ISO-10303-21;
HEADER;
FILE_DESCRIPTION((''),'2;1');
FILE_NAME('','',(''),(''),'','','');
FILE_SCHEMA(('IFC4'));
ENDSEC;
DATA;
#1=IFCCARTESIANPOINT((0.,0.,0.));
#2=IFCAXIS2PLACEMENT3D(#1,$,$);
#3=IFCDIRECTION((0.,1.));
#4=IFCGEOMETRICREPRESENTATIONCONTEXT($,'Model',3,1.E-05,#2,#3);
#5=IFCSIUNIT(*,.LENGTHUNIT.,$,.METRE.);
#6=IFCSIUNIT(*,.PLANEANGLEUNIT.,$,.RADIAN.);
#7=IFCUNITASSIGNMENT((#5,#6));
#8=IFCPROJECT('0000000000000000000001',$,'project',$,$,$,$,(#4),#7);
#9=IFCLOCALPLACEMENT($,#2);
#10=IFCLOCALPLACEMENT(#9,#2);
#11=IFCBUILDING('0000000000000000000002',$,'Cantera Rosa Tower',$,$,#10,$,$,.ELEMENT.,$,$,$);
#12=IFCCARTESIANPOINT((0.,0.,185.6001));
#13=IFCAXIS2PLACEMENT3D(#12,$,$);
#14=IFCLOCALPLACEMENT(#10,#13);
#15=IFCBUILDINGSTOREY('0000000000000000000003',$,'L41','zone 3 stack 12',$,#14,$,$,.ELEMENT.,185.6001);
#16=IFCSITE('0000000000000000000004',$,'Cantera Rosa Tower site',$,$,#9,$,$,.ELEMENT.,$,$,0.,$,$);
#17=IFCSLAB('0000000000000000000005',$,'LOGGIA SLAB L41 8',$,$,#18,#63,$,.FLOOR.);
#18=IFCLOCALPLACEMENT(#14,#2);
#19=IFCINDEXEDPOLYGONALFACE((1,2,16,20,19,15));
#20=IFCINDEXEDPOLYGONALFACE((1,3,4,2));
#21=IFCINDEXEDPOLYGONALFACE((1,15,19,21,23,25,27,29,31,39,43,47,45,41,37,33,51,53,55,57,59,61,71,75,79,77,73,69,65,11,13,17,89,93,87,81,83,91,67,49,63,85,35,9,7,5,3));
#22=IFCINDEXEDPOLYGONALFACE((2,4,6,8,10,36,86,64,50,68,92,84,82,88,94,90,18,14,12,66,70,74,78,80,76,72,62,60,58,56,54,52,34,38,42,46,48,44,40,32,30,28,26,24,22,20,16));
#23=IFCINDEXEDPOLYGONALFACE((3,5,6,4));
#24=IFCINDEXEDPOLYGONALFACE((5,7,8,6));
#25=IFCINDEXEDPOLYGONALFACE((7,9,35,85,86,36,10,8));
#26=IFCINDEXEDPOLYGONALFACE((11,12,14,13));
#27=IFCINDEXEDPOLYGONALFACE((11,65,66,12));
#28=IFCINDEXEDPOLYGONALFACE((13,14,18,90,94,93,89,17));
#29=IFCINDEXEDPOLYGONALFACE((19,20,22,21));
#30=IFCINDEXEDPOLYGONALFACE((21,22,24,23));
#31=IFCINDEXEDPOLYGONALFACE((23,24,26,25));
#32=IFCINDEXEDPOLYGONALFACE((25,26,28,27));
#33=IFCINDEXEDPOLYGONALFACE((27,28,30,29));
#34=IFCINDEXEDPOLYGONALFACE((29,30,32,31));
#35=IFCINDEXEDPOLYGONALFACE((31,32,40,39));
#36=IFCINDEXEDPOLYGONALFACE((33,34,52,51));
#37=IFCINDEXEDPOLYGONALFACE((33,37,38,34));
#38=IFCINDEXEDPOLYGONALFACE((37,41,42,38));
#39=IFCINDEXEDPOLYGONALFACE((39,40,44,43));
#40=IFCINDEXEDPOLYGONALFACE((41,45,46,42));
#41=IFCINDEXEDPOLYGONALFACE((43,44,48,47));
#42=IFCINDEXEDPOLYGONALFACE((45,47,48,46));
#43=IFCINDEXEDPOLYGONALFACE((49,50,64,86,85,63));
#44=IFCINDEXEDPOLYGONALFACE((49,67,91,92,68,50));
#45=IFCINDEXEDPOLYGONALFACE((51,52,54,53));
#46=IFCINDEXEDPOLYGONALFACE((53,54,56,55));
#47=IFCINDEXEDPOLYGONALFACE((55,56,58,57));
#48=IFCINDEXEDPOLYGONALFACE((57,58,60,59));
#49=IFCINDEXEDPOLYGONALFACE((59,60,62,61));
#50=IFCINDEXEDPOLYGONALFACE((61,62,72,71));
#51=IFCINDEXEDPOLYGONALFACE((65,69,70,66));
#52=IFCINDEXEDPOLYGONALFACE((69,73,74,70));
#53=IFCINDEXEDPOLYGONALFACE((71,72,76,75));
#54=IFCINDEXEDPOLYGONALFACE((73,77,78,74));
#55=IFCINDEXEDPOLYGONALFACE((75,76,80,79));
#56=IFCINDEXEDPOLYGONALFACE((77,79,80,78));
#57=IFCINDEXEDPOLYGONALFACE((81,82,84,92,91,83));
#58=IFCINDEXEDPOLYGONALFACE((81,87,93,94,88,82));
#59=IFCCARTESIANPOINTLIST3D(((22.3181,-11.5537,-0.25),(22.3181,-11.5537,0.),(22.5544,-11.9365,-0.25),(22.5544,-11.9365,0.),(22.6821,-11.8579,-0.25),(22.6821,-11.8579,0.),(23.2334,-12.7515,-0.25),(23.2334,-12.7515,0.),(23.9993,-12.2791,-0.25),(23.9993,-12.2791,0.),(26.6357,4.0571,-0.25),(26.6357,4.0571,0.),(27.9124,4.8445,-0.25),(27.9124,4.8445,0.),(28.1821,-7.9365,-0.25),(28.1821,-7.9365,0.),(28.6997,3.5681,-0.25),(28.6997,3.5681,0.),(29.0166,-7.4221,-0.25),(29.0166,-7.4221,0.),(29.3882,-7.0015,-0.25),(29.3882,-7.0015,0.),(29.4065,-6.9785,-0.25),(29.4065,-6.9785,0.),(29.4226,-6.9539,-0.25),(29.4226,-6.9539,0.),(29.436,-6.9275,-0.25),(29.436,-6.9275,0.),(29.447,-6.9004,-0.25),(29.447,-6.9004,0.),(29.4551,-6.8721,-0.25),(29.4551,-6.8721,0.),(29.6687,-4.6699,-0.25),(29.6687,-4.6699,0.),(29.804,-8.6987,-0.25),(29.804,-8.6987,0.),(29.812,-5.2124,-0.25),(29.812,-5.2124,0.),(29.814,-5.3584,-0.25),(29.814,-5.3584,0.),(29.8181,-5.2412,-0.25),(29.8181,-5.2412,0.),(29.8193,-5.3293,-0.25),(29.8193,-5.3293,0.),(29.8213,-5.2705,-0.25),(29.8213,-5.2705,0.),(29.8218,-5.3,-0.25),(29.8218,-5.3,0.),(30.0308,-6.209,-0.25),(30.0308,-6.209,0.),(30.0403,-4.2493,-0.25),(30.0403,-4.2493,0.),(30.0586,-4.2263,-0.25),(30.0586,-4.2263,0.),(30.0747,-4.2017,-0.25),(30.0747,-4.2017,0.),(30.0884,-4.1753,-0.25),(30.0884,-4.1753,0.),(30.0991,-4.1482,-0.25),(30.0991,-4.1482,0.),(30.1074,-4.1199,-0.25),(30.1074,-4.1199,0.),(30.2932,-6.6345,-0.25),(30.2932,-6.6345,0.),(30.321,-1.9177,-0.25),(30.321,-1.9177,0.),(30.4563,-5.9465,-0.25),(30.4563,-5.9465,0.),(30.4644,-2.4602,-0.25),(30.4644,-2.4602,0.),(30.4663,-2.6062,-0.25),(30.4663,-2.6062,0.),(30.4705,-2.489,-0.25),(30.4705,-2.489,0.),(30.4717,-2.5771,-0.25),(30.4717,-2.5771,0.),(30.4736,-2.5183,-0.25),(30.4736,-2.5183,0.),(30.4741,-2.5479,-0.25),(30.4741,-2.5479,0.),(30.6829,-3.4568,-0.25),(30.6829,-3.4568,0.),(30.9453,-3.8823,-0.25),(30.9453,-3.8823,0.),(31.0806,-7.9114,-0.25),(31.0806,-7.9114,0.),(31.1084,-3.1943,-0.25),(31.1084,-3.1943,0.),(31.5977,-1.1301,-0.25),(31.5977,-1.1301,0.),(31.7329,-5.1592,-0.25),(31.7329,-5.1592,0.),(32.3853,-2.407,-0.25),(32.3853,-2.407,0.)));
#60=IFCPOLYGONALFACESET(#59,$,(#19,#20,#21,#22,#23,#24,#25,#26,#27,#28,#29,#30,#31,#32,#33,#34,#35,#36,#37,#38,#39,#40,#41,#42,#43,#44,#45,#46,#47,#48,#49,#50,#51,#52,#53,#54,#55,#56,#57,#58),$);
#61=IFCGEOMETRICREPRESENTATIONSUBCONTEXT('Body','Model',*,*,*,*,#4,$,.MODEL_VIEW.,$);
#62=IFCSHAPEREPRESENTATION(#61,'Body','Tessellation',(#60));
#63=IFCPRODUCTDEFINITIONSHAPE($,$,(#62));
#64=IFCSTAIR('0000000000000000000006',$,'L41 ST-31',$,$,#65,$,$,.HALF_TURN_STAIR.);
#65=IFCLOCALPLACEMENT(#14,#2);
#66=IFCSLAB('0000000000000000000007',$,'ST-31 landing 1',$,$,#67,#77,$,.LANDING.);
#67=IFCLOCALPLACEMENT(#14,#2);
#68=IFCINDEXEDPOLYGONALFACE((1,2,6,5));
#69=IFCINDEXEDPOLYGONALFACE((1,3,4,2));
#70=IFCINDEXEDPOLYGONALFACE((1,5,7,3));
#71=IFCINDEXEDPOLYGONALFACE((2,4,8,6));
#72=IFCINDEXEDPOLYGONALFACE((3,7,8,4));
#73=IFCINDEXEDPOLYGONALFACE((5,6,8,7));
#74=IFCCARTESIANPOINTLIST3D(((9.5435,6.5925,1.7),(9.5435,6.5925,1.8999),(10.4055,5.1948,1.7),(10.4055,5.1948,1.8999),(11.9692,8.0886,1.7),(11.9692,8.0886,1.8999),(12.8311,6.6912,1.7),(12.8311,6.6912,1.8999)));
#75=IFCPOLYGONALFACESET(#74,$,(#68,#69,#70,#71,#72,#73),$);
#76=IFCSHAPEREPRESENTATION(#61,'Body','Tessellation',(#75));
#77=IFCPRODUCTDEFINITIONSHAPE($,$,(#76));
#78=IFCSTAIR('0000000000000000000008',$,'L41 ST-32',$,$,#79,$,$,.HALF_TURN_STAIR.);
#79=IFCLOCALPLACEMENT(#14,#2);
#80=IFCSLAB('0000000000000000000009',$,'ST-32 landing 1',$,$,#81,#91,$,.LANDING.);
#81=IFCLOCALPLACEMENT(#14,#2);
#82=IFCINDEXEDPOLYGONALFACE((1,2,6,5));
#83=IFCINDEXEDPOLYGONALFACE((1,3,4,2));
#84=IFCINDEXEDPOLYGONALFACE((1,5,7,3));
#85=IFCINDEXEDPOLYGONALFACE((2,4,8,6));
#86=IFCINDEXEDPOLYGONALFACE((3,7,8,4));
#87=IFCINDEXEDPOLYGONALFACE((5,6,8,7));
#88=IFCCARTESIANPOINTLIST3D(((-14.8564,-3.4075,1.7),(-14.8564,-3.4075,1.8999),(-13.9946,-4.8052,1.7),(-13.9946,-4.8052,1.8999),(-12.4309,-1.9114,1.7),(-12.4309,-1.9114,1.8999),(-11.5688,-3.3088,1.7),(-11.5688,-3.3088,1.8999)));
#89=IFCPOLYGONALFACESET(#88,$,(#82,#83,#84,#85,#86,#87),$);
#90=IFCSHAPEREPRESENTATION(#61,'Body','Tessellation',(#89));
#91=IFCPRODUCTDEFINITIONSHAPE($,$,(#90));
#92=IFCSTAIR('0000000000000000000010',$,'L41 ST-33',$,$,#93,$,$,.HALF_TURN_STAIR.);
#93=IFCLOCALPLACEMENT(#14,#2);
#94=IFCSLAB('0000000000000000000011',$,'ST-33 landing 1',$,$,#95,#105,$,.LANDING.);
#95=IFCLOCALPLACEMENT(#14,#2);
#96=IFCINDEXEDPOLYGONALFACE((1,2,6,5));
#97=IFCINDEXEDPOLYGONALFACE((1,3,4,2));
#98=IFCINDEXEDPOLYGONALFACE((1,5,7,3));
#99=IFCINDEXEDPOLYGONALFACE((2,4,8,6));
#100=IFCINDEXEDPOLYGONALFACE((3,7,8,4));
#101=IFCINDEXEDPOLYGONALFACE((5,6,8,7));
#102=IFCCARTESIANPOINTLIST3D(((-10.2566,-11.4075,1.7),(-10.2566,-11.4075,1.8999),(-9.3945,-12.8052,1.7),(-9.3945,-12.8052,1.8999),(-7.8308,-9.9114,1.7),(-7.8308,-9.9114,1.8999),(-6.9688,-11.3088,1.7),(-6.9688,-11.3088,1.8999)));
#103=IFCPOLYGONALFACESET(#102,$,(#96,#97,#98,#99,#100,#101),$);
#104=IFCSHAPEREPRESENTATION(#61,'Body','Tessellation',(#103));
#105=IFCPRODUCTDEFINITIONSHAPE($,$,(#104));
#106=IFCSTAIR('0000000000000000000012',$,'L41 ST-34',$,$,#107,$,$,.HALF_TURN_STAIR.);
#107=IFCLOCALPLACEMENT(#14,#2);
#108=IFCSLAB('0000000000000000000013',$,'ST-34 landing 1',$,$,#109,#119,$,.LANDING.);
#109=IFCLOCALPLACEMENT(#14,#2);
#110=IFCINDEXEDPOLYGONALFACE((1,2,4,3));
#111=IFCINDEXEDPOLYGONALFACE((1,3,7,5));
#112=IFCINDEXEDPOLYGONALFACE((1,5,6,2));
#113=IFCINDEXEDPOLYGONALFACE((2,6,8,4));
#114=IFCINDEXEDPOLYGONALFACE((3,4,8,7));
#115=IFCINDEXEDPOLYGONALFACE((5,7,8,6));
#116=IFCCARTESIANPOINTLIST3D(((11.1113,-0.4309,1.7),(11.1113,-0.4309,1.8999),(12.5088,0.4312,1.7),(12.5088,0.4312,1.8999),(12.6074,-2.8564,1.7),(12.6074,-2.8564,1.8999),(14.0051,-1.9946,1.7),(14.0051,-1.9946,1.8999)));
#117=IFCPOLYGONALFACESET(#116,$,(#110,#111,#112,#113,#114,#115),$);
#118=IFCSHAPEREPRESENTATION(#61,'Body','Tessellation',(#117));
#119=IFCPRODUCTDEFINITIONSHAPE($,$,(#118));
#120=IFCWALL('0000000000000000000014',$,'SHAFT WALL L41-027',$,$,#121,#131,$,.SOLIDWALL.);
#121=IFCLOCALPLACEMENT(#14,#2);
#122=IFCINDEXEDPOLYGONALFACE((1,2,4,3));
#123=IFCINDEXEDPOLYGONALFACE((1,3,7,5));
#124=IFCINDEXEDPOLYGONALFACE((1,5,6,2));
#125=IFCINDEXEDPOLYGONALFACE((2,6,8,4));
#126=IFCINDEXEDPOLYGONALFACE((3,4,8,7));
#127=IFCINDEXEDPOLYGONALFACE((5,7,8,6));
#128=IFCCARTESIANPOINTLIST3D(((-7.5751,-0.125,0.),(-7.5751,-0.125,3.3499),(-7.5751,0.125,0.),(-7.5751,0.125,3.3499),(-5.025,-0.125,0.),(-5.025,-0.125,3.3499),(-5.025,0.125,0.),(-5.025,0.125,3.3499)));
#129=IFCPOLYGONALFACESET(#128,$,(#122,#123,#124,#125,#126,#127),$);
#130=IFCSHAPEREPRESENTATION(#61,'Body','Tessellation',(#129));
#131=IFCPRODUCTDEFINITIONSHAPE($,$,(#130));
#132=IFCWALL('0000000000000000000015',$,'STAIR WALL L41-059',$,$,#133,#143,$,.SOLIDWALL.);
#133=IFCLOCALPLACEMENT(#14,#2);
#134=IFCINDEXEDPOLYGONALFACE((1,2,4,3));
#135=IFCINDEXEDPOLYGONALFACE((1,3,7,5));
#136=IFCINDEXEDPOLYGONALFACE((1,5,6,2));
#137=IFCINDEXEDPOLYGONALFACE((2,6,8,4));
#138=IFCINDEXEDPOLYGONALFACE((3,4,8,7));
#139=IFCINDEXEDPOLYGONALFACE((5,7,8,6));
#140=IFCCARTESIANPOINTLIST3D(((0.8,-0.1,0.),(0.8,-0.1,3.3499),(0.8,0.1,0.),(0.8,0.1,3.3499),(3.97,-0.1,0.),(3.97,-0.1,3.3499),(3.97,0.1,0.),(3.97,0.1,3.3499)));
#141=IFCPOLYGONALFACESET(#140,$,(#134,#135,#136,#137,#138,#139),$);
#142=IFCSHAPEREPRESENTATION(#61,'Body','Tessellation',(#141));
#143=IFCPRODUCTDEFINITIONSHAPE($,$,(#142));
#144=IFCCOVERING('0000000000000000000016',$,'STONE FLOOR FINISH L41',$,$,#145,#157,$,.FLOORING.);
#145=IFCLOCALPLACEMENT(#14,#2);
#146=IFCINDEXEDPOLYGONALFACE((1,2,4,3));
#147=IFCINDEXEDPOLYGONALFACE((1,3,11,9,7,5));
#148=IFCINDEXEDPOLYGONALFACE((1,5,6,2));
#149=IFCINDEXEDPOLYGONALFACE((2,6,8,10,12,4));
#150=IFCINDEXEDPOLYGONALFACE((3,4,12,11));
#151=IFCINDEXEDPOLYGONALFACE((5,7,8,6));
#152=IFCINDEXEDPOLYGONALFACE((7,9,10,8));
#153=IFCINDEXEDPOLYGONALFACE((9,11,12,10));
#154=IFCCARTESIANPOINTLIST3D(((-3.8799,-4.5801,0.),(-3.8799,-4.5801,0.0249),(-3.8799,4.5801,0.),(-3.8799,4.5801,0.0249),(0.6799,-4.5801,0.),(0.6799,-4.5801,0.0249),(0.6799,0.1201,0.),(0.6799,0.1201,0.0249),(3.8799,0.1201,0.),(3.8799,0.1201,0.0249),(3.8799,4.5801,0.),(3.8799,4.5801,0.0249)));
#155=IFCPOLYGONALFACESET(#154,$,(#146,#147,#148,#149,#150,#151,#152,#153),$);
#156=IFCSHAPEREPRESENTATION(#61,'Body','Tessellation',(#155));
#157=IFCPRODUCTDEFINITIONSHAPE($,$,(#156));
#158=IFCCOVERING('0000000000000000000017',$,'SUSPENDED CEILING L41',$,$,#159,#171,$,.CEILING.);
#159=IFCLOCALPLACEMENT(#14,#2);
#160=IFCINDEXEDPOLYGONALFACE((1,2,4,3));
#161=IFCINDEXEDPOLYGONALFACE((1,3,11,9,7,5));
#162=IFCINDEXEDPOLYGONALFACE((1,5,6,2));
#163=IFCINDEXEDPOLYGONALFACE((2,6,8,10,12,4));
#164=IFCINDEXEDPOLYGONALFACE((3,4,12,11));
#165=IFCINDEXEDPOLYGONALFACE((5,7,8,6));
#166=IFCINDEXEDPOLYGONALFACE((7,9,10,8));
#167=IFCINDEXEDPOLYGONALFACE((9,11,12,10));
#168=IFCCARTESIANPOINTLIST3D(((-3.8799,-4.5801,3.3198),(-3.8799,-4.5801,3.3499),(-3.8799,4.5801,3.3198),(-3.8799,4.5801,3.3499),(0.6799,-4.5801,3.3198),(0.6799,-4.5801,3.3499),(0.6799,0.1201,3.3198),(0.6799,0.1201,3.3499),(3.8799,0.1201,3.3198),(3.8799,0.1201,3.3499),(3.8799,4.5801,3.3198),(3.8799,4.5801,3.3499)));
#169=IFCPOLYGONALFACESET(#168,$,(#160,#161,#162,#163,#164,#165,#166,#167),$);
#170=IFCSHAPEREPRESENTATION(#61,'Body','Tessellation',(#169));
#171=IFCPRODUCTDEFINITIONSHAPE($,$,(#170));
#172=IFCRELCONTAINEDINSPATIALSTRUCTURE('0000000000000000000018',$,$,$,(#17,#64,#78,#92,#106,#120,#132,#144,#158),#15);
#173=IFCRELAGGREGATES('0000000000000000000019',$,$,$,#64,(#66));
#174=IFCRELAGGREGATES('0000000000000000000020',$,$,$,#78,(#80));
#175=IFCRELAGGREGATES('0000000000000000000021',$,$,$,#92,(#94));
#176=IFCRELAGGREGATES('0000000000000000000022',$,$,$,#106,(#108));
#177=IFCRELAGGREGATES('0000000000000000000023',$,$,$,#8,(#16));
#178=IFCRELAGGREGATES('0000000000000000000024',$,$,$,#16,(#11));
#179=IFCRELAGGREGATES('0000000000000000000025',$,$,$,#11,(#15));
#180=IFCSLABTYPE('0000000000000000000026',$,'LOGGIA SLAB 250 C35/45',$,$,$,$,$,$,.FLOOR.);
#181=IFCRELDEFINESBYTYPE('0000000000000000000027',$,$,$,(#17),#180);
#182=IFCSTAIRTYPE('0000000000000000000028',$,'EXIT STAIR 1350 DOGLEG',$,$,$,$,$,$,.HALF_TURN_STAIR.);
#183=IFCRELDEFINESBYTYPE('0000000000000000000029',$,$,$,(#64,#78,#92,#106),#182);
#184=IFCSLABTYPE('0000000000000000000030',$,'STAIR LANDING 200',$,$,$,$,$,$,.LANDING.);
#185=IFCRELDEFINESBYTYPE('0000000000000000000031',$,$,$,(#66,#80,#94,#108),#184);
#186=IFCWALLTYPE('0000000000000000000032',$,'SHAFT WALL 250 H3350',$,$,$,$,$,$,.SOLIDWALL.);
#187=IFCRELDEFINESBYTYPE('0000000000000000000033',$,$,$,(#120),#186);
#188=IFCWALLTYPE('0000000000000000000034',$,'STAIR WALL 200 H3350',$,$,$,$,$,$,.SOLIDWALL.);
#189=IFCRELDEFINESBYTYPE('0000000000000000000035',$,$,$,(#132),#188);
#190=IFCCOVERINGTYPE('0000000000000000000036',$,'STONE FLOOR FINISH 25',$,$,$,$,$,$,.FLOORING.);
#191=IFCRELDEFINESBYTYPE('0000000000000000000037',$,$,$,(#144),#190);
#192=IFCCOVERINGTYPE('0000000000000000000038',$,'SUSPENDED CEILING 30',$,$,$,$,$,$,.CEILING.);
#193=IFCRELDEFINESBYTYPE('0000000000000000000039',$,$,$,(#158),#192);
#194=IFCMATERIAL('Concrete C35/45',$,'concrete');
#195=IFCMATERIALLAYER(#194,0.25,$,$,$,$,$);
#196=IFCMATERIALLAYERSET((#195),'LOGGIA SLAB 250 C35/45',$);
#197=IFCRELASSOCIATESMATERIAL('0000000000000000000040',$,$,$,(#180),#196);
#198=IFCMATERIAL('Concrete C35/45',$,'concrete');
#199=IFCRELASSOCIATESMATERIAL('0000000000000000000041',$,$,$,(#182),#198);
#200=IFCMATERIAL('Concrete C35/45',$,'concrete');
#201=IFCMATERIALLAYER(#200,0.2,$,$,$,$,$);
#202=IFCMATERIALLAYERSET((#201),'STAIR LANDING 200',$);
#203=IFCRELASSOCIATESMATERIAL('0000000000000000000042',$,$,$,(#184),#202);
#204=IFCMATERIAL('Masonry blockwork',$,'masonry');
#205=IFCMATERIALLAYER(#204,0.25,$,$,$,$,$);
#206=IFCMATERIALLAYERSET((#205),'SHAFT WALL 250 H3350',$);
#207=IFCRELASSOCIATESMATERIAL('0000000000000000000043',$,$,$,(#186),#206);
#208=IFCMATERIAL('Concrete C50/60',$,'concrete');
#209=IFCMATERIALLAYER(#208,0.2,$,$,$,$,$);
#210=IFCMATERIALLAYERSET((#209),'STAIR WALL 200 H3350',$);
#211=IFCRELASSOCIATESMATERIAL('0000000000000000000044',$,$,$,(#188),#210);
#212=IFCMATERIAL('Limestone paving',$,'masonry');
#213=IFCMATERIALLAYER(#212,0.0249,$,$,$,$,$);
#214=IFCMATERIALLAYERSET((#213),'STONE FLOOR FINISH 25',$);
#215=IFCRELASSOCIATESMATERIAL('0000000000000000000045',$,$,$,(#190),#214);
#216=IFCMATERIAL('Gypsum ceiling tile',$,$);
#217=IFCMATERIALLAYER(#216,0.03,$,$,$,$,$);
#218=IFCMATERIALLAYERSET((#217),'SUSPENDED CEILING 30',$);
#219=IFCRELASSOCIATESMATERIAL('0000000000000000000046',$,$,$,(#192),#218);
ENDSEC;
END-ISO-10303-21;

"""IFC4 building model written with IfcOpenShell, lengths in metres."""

from ifc_helpers import new_model, si_unit, direction, frame, frame_2d, origin, place, context, subcontext, project, spatial, polyline, rectangle, outline, extrude, material, layer, layer_set, type_object, element, aggregate, save


model = new_model("IFC4")

# Units and contexts
model_context = context("Model", 3, precision=1e-05, world=origin(), true_north=direction((0.0, 1.0)))
body_context = subcontext(model_context, "Body", "Model", "MODEL_VIEW")
ifc_project = project(units=[si_unit("LENGTHUNIT", "METRE"), si_unit("PLANEANGLEUNIT", "RADIAN")], contexts=[model_context])

# Site, building, storey
site_placement = place(None, origin())
site = spatial("IfcSite", under=ifc_project, at=site_placement, Name="Cantera Rosa Tower site", CompositionType="ELEMENT", RefElevation=0.0)
building_placement = place(site_placement, origin())
building = spatial("IfcBuilding", under=site, at=building_placement, Name="Cantera Rosa Tower", CompositionType="ELEMENT")
storey_placement = place(building_placement, frame((0.0, 0.0, 185.6001)))
storey = spatial("IfcBuildingStorey", under=building, at=storey_placement, Name="L41", Description="zone 3 stack 12", CompositionType="ELEMENT", Elevation=185.6001)

# Slab
ifc_material_1 = material(Name="Concrete C35/45", Category="concrete")
ifc_layer_1 = layer(ifc_material_1, 0.25)
ifc_layer_set_1 = layer_set([ifc_layer_1], Name="LOGGIA SLAB 250 C35/45")
slab_type_1 = type_object("IfcSlabType", Name="LOGGIA SLAB 250 C35/45", PredefinedType="FLOOR", material=ifc_layer_set_1)
slab_1_placement = place(storey_placement, frame((0.0, 0.0, -0.25)))
element("IfcSlab", 1, at=slab_1_placement, inside=storey, type_object=slab_type_1, Name="LOGGIA SLAB L41 8", PredefinedType="FLOOR", context=body_context, shape_type="SweptSolid", body=[
    extrude(outline(polyline([(31.5977, -1.1301), (32.3853, -2.407), (31.1084, -3.1943), (30.6829, -3.4568), (30.9453, -3.8823), (31.7329, -5.1592), (30.4563, -5.9465), (30.0308, -6.209), (30.2932, -6.6345), (31.0806, -7.9114), (29.804, -8.6987), (23.9993, -12.2791), (23.2334, -12.7515), (22.6821, -11.8579), (22.5544, -11.9365), (22.3181, -11.5537), (28.1821, -7.9365), (29.0166, -7.4221), (29.3882, -7.0015), (29.4065, -6.9785), (29.4226, -6.9539), (29.436, -6.9275), (29.447, -6.9004), (29.4551, -6.8721), (29.814, -5.3584), (29.8193, -5.3293), (29.8218, -5.3), (29.8213, -5.2705), (29.8181, -5.2412), (29.812, -5.2124), (29.6687, -4.6699), (30.0403, -4.2493), (30.0586, -4.2263), (30.0747, -4.2017), (30.0884, -4.1753), (30.0991, -4.1482), (30.1074, -4.1199), (30.4663, -2.6062), (30.4717, -2.5771), (30.4741, -2.5479), (30.4736, -2.5183), (30.4705, -2.489), (30.4644, -2.4602), (30.321, -1.9177), (26.6357, 4.0571), (27.9124, 4.8445), (28.6997, 3.5681), (31.5977, -1.1301)])), origin(), (0.0, 0.0, 1.0), 0.25),
])

# Stairs, slabs
ifc_material_2 = material(Name="Concrete C35/45", Category="concrete")
stair_type = type_object("IfcStairType", Name="EXIT STAIR 1350 DOGLEG", PredefinedType="HALF_TURN_STAIR", material=ifc_material_2)
stair_1_placement = place(storey_placement, origin())
stair_1 = element("IfcStair", 2, at=stair_1_placement, inside=storey, type_object=stair_type, Name="L41 ST-31", PredefinedType="HALF_TURN_STAIR")
ifc_material_3 = material(Name="Concrete C35/45", Category="concrete")
ifc_layer_2 = layer(ifc_material_3, 0.2)
ifc_layer_set_2 = layer_set([ifc_layer_2], Name="STAIR LANDING 200")
slab_type_2 = type_object("IfcSlabType", Name="STAIR LANDING 200", PredefinedType="LANDING", material=ifc_layer_set_2)
slab_2_placement = place(storey_placement, frame((0.0, 0.0, 1.7)))
slab_2 = element("IfcSlab", 3, at=slab_2_placement, type_object=slab_type_2, Name="ST-31 landing 1", PredefinedType="LANDING", context=body_context, shape_type="SweptSolid", body=[
    extrude(outline(polyline([(12.8311, 6.6912), (11.9692, 8.0886), (9.5435, 6.5925), (10.4055, 5.1948), (12.8311, 6.6912)])), origin(), (0.0, 0.0, 1.0), 0.2),
])
aggregate(stair_1, [slab_2])
stair_2_placement = place(storey_placement, origin())
stair_2 = element("IfcStair", 4, at=stair_2_placement, inside=storey, type_object=stair_type, Name="L41 ST-32", PredefinedType="HALF_TURN_STAIR")
slab_3_placement = place(storey_placement, frame((0.0, 0.0, 1.7)))
slab_3 = element("IfcSlab", 5, at=slab_3_placement, type_object=slab_type_2, Name="ST-32 landing 1", PredefinedType="LANDING", context=body_context, shape_type="SweptSolid", body=[
    extrude(outline(polyline([(-11.5688, -3.3088), (-12.4309, -1.9114), (-14.8564, -3.4075), (-13.9946, -4.8052), (-11.5688, -3.3088)])), origin(), (0.0, 0.0, 1.0), 0.2),
])
aggregate(stair_2, [slab_3])
stair_3_placement = place(storey_placement, origin())
stair_3 = element("IfcStair", 6, at=stair_3_placement, inside=storey, type_object=stair_type, Name="L41 ST-33", PredefinedType="HALF_TURN_STAIR")
slab_4_placement = place(storey_placement, frame((0.0, 0.0, 1.7)))
slab_4 = element("IfcSlab", 7, at=slab_4_placement, type_object=slab_type_2, Name="ST-33 landing 1", PredefinedType="LANDING", context=body_context, shape_type="SweptSolid", body=[
    extrude(outline(polyline([(-6.9688, -11.3088), (-7.8308, -9.9114), (-10.2566, -11.4075), (-9.3945, -12.8052), (-6.9688, -11.3088)])), origin(), (0.0, 0.0, 1.0), 0.2),
])
aggregate(stair_3, [slab_4])
stair_4_placement = place(storey_placement, origin())
stair_4 = element("IfcStair", 8, at=stair_4_placement, inside=storey, type_object=stair_type, Name="L41 ST-34", PredefinedType="HALF_TURN_STAIR")
slab_5_placement = place(storey_placement, frame((0.0, 0.0, 1.7)))
slab_5 = element("IfcSlab", 9, at=slab_5_placement, type_object=slab_type_2, Name="ST-34 landing 1", PredefinedType="LANDING", context=body_context, shape_type="SweptSolid", body=[
    extrude(outline(polyline([(12.5088, 0.4312), (11.1113, -0.4309), (12.6074, -2.8564), (14.0051, -1.9946), (12.5088, 0.4312)])), origin(), (0.0, 0.0, 1.0), 0.2),
])
aggregate(stair_4, [slab_5])

# Walls
ifc_material_4 = material(Name="Masonry blockwork", Category="masonry")
ifc_layer_3 = layer(ifc_material_4, 0.25)
ifc_layer_set_3 = layer_set([ifc_layer_3], Name="SHAFT WALL 250 H3350")
wall_type_1 = type_object("IfcWallType", Name="SHAFT WALL 250 H3350", PredefinedType="SOLIDWALL", material=ifc_layer_set_3)
wall_1_placement = place(storey_placement, frame((-7.575, 0.0, 0.0), z_axis=(0.0, 0.0, 1.0), x_axis=(1.0, 0.0, 0.0)))
element("IfcWall", 10, at=wall_1_placement, inside=storey, type_object=wall_type_1, Name="SHAFT WALL L41-027", PredefinedType="SOLIDWALL", context=body_context, shape_type="SweptSolid", body=[
    extrude(rectangle(XDim=2.55, YDim=0.25, at=frame_2d((1.2749, 0.0))), origin(), (0.0, 0.0, 1.0), 3.3499),
])
ifc_material_5 = material(Name="Concrete C50/60", Category="concrete")
ifc_layer_4 = layer(ifc_material_5, 0.2)
ifc_layer_set_4 = layer_set([ifc_layer_4], Name="STAIR WALL 200 H3350")
wall_type_2 = type_object("IfcWallType", Name="STAIR WALL 200 H3350", PredefinedType="SOLIDWALL", material=ifc_layer_set_4)
wall_2_placement = place(storey_placement, frame((0.8, 0.0, 0.0), z_axis=(0.0, 0.0, 1.0), x_axis=(1.0, 0.0, 0.0)))
element("IfcWall", 11, at=wall_2_placement, inside=storey, type_object=wall_type_2, Name="STAIR WALL L41-059", PredefinedType="SOLIDWALL", context=body_context, shape_type="SweptSolid", body=[
    extrude(rectangle(XDim=3.1699, YDim=0.2, at=frame_2d((1.585, 0.0))), origin(), (0.0, 0.0, 1.0), 3.3499),
])

# Coverings
ifc_material_6 = material(Name="Limestone paving", Category="masonry")
ifc_layer_5 = layer(ifc_material_6, 0.0249)
ifc_layer_set_5 = layer_set([ifc_layer_5], Name="STONE FLOOR FINISH 25")
covering_type_1 = type_object("IfcCoveringType", Name="STONE FLOOR FINISH 25", PredefinedType="FLOORING", material=ifc_layer_set_5)
covering_1_placement = place(storey_placement, origin())
element("IfcCovering", 12, at=covering_1_placement, inside=storey, type_object=covering_type_1, Name="STONE FLOOR FINISH L41", PredefinedType="FLOORING", context=body_context, shape_type="SweptSolid", body=[
    extrude(outline(polyline([(3.8799, 4.5801), (3.8799, 0.1201), (0.6799, 0.1201), (0.6799, -4.5801), (-3.8799, -4.5801), (-3.8799, 4.5801), (3.8799, 4.5801)])), origin(), (0.0, 0.0, 1.0), 0.0249),
])
ifc_material_7 = material(Name="Gypsum ceiling tile")
ifc_layer_6 = layer(ifc_material_7, 0.03)
ifc_layer_set_6 = layer_set([ifc_layer_6], Name="SUSPENDED CEILING 30")
covering_type_2 = type_object("IfcCoveringType", Name="SUSPENDED CEILING 30", PredefinedType="CEILING", material=ifc_layer_set_6)
covering_2_placement = place(storey_placement, frame((0.0, 0.0, 3.3198)))
element("IfcCovering", 13, at=covering_2_placement, inside=storey, type_object=covering_type_2, Name="SUSPENDED CEILING L41", PredefinedType="CEILING", context=body_context, shape_type="SweptSolid", body=[
    extrude(outline(polyline([(3.8799, 4.5801), (3.8799, 0.1201), (0.6799, 0.1201), (0.6799, -4.5801), (-3.8799, -4.5801), (-3.8799, 4.5801), (3.8799, 4.5801)])), origin(), (0.0, 0.0, 1.0), 0.03),
])

save(model, "model.ifc")
